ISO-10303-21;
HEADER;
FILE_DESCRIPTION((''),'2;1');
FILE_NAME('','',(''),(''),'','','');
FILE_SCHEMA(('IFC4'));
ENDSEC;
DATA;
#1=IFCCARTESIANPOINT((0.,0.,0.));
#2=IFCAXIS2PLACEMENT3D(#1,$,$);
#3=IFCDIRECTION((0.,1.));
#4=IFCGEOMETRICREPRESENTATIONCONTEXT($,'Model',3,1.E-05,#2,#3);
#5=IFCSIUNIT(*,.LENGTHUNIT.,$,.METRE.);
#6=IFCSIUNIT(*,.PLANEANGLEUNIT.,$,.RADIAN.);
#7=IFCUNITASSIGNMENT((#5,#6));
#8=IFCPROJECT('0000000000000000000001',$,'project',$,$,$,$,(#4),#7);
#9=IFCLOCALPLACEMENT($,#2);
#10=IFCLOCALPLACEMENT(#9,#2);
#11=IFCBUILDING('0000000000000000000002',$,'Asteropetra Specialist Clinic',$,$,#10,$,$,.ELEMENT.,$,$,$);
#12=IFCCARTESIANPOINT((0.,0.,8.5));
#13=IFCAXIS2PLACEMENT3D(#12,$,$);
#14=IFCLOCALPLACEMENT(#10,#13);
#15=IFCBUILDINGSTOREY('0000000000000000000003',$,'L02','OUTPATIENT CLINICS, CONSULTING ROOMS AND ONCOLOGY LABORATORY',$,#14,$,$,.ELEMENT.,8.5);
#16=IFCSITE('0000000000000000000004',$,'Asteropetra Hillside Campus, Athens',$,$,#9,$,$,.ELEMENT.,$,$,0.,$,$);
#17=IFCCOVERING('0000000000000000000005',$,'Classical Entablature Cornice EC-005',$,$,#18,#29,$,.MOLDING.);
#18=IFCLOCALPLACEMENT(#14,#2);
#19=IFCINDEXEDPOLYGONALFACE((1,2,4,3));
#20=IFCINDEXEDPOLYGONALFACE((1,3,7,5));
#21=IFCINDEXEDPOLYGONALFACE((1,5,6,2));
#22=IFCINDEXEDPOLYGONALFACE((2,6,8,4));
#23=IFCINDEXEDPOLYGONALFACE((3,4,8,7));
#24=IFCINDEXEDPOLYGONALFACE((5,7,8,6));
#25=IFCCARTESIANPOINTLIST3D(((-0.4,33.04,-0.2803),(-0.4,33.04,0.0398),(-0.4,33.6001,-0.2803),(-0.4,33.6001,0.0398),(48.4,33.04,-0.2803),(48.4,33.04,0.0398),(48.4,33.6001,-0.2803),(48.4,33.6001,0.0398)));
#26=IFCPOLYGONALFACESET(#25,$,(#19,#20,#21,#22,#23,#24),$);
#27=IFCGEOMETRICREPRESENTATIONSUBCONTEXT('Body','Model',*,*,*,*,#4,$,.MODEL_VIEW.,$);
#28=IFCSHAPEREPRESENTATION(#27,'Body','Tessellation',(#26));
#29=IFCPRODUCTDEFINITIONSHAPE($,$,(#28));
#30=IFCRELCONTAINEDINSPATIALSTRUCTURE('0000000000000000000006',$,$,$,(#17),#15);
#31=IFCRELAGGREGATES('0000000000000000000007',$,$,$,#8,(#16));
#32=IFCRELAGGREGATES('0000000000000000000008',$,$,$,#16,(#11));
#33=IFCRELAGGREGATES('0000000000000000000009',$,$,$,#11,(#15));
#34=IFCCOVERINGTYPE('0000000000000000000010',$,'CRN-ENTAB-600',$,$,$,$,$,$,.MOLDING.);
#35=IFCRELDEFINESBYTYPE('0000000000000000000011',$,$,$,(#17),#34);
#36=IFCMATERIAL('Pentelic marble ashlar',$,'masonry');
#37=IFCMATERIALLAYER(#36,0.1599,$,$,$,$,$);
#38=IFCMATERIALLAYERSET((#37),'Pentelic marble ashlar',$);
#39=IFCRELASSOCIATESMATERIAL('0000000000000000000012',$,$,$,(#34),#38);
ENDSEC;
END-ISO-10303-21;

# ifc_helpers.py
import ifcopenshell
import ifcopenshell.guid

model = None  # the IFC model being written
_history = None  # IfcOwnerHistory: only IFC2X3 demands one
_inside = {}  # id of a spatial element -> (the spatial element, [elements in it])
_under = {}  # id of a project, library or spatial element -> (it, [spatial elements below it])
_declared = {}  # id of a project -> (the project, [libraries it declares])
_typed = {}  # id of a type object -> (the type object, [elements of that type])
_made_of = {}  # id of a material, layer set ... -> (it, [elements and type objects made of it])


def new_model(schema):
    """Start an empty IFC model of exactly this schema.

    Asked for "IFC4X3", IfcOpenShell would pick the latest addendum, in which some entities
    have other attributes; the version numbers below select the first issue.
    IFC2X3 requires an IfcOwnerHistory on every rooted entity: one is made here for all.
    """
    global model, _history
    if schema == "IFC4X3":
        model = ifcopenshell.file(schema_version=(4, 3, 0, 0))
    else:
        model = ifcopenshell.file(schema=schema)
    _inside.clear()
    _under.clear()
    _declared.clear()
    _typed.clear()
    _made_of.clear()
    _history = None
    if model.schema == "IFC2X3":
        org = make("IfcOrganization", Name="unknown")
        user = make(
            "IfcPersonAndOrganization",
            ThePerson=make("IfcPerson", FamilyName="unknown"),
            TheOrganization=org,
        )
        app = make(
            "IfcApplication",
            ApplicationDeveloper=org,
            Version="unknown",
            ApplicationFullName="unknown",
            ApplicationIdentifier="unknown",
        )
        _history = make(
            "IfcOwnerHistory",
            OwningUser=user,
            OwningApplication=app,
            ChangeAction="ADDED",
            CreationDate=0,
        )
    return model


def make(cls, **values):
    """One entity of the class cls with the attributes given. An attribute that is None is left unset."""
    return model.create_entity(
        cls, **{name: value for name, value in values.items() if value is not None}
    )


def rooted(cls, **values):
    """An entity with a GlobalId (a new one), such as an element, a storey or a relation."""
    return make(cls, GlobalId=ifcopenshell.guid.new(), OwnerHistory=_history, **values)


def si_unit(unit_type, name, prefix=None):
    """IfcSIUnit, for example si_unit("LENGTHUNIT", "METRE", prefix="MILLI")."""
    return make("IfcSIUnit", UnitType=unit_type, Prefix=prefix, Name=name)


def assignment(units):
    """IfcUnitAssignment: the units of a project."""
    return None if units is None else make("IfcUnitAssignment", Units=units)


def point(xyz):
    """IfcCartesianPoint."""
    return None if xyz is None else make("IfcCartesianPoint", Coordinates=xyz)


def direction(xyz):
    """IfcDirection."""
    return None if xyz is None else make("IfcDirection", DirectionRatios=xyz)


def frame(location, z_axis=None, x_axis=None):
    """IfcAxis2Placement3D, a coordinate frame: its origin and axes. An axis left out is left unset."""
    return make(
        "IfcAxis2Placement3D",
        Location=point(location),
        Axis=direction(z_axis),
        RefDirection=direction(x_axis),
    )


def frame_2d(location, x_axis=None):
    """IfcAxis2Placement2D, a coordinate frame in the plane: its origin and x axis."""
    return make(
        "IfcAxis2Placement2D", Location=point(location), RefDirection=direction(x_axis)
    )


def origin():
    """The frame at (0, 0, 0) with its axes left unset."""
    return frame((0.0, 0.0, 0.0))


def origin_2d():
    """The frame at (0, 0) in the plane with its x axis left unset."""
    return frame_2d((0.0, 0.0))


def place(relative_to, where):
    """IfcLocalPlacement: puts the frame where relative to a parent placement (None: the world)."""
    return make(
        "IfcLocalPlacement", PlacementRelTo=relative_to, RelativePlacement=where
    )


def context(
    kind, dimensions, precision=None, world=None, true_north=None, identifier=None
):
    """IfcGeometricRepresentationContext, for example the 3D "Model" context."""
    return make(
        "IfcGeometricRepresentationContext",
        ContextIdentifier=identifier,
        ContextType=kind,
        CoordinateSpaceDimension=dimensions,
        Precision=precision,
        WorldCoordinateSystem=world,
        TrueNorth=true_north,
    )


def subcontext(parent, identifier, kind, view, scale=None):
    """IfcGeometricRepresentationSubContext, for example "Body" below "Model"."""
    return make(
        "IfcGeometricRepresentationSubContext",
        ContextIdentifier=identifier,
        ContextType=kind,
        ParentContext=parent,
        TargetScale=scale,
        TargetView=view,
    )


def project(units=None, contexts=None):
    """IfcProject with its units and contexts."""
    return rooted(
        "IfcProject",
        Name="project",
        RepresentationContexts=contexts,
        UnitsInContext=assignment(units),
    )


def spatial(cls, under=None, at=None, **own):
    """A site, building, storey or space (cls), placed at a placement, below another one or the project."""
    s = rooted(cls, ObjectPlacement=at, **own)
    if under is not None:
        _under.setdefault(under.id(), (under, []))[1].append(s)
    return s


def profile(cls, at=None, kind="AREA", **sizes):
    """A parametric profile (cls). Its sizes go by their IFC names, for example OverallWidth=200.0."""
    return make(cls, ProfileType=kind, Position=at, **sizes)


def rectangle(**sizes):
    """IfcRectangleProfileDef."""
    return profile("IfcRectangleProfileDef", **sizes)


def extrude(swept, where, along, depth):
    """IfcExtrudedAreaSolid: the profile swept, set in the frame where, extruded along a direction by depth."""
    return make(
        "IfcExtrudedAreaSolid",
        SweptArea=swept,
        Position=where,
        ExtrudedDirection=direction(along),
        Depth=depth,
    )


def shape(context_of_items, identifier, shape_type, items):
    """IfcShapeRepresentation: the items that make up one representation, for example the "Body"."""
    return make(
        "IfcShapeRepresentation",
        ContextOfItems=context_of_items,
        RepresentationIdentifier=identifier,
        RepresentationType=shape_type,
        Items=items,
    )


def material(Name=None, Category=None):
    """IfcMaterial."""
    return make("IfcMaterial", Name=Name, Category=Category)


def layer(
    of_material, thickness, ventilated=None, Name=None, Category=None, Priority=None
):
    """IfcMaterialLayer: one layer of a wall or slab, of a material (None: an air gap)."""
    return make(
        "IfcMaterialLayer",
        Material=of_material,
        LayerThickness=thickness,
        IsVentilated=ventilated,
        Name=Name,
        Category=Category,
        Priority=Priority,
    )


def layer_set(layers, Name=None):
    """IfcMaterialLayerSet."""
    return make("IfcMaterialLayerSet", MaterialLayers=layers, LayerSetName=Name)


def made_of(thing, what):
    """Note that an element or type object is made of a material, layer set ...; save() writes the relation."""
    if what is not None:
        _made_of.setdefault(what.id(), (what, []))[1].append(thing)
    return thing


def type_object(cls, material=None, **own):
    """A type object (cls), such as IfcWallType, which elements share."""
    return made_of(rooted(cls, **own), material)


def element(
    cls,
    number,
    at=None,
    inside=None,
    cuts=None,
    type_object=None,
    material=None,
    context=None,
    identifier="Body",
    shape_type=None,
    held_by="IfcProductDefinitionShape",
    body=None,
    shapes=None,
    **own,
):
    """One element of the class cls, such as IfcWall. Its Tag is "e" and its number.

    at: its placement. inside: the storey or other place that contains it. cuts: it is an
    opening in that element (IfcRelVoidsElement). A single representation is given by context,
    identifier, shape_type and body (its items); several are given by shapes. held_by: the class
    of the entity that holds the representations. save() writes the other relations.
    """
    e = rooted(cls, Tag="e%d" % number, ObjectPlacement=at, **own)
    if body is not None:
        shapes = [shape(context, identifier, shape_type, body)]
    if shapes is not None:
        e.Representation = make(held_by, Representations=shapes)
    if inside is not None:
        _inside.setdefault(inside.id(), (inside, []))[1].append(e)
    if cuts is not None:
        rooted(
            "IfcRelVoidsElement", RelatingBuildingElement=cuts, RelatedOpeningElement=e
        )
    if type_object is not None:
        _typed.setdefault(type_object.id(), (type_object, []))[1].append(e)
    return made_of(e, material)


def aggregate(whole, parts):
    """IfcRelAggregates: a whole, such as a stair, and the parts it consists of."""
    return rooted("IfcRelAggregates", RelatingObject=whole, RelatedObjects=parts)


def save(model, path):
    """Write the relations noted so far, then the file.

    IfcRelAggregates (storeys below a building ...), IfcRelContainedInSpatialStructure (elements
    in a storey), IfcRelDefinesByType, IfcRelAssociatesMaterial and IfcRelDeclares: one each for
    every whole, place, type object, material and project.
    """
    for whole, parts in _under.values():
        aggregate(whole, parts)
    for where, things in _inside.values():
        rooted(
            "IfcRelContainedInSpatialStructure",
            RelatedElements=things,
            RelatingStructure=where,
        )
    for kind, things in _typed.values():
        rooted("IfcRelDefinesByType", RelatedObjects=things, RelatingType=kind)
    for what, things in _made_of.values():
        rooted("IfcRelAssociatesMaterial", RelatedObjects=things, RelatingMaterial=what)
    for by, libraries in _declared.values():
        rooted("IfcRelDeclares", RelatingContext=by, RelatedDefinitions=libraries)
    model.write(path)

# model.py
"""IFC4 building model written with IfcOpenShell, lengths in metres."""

from ifc_helpers import new_model, si_unit, direction, frame, origin, origin_2d, place, context, subcontext, project, spatial, rectangle, extrude, material, layer, layer_set, type_object, element, save


model = new_model("IFC4")

# Units and contexts
model_context = context("Model", 3, precision=1e-05, world=origin(), true_north=direction((0.0, 1.0)))
body_context = subcontext(model_context, "Body", "Model", "MODEL_VIEW")
ifc_project = project(units=[si_unit("LENGTHUNIT", "METRE"), si_unit("PLANEANGLEUNIT", "RADIAN")], contexts=[model_context])

# Site, building, storey
site_placement = place(None, origin())
site = spatial("IfcSite", under=ifc_project, at=site_placement, Name="Asteropetra Hillside Campus, Athens", CompositionType="ELEMENT", RefElevation=0.0)
building_placement = place(site_placement, origin())
building = spatial("IfcBuilding", under=site, at=building_placement, Name="Asteropetra Specialist Clinic", CompositionType="ELEMENT")
storey_placement = place(building_placement, frame((0.0, 0.0, 8.5)))
storey = spatial("IfcBuildingStorey", under=building, at=storey_placement, Name="L02", Description="OUTPATIENT CLINICS, CONSULTING ROOMS AND ONCOLOGY LABORATORY", CompositionType="ELEMENT", Elevation=8.5)

# Covering
ifc_material_1 = material(Name="Pentelic marble ashlar", Category="masonry")
ifc_layer_1 = layer(ifc_material_1, 0.1599)
ifc_layer_set_1 = layer_set([ifc_layer_1], Name="Pentelic marble ashlar")
covering_type = type_object("IfcCoveringType", Name="CRN-ENTAB-600", PredefinedType="MOLDING", material=ifc_layer_set_1)
covering_placement = place(storey_placement, frame((24.0, 33.3201, -0.2803), z_axis=(0.0, 0.0, 1.0), x_axis=(1.0, 0.0, 0.0)))
element("IfcCovering", 1, at=covering_placement, inside=storey, type_object=covering_type, Name="Classical Entablature Cornice EC-005", PredefinedType="MOLDING", context=body_context, shape_type="SweptSolid", body=[
    extrude(rectangle(XDim=48.8, YDim=0.5601, at=origin_2d()), origin(), (0.0, 0.0, 1.0), 0.3201),
])

save(model, "model.ifc")
